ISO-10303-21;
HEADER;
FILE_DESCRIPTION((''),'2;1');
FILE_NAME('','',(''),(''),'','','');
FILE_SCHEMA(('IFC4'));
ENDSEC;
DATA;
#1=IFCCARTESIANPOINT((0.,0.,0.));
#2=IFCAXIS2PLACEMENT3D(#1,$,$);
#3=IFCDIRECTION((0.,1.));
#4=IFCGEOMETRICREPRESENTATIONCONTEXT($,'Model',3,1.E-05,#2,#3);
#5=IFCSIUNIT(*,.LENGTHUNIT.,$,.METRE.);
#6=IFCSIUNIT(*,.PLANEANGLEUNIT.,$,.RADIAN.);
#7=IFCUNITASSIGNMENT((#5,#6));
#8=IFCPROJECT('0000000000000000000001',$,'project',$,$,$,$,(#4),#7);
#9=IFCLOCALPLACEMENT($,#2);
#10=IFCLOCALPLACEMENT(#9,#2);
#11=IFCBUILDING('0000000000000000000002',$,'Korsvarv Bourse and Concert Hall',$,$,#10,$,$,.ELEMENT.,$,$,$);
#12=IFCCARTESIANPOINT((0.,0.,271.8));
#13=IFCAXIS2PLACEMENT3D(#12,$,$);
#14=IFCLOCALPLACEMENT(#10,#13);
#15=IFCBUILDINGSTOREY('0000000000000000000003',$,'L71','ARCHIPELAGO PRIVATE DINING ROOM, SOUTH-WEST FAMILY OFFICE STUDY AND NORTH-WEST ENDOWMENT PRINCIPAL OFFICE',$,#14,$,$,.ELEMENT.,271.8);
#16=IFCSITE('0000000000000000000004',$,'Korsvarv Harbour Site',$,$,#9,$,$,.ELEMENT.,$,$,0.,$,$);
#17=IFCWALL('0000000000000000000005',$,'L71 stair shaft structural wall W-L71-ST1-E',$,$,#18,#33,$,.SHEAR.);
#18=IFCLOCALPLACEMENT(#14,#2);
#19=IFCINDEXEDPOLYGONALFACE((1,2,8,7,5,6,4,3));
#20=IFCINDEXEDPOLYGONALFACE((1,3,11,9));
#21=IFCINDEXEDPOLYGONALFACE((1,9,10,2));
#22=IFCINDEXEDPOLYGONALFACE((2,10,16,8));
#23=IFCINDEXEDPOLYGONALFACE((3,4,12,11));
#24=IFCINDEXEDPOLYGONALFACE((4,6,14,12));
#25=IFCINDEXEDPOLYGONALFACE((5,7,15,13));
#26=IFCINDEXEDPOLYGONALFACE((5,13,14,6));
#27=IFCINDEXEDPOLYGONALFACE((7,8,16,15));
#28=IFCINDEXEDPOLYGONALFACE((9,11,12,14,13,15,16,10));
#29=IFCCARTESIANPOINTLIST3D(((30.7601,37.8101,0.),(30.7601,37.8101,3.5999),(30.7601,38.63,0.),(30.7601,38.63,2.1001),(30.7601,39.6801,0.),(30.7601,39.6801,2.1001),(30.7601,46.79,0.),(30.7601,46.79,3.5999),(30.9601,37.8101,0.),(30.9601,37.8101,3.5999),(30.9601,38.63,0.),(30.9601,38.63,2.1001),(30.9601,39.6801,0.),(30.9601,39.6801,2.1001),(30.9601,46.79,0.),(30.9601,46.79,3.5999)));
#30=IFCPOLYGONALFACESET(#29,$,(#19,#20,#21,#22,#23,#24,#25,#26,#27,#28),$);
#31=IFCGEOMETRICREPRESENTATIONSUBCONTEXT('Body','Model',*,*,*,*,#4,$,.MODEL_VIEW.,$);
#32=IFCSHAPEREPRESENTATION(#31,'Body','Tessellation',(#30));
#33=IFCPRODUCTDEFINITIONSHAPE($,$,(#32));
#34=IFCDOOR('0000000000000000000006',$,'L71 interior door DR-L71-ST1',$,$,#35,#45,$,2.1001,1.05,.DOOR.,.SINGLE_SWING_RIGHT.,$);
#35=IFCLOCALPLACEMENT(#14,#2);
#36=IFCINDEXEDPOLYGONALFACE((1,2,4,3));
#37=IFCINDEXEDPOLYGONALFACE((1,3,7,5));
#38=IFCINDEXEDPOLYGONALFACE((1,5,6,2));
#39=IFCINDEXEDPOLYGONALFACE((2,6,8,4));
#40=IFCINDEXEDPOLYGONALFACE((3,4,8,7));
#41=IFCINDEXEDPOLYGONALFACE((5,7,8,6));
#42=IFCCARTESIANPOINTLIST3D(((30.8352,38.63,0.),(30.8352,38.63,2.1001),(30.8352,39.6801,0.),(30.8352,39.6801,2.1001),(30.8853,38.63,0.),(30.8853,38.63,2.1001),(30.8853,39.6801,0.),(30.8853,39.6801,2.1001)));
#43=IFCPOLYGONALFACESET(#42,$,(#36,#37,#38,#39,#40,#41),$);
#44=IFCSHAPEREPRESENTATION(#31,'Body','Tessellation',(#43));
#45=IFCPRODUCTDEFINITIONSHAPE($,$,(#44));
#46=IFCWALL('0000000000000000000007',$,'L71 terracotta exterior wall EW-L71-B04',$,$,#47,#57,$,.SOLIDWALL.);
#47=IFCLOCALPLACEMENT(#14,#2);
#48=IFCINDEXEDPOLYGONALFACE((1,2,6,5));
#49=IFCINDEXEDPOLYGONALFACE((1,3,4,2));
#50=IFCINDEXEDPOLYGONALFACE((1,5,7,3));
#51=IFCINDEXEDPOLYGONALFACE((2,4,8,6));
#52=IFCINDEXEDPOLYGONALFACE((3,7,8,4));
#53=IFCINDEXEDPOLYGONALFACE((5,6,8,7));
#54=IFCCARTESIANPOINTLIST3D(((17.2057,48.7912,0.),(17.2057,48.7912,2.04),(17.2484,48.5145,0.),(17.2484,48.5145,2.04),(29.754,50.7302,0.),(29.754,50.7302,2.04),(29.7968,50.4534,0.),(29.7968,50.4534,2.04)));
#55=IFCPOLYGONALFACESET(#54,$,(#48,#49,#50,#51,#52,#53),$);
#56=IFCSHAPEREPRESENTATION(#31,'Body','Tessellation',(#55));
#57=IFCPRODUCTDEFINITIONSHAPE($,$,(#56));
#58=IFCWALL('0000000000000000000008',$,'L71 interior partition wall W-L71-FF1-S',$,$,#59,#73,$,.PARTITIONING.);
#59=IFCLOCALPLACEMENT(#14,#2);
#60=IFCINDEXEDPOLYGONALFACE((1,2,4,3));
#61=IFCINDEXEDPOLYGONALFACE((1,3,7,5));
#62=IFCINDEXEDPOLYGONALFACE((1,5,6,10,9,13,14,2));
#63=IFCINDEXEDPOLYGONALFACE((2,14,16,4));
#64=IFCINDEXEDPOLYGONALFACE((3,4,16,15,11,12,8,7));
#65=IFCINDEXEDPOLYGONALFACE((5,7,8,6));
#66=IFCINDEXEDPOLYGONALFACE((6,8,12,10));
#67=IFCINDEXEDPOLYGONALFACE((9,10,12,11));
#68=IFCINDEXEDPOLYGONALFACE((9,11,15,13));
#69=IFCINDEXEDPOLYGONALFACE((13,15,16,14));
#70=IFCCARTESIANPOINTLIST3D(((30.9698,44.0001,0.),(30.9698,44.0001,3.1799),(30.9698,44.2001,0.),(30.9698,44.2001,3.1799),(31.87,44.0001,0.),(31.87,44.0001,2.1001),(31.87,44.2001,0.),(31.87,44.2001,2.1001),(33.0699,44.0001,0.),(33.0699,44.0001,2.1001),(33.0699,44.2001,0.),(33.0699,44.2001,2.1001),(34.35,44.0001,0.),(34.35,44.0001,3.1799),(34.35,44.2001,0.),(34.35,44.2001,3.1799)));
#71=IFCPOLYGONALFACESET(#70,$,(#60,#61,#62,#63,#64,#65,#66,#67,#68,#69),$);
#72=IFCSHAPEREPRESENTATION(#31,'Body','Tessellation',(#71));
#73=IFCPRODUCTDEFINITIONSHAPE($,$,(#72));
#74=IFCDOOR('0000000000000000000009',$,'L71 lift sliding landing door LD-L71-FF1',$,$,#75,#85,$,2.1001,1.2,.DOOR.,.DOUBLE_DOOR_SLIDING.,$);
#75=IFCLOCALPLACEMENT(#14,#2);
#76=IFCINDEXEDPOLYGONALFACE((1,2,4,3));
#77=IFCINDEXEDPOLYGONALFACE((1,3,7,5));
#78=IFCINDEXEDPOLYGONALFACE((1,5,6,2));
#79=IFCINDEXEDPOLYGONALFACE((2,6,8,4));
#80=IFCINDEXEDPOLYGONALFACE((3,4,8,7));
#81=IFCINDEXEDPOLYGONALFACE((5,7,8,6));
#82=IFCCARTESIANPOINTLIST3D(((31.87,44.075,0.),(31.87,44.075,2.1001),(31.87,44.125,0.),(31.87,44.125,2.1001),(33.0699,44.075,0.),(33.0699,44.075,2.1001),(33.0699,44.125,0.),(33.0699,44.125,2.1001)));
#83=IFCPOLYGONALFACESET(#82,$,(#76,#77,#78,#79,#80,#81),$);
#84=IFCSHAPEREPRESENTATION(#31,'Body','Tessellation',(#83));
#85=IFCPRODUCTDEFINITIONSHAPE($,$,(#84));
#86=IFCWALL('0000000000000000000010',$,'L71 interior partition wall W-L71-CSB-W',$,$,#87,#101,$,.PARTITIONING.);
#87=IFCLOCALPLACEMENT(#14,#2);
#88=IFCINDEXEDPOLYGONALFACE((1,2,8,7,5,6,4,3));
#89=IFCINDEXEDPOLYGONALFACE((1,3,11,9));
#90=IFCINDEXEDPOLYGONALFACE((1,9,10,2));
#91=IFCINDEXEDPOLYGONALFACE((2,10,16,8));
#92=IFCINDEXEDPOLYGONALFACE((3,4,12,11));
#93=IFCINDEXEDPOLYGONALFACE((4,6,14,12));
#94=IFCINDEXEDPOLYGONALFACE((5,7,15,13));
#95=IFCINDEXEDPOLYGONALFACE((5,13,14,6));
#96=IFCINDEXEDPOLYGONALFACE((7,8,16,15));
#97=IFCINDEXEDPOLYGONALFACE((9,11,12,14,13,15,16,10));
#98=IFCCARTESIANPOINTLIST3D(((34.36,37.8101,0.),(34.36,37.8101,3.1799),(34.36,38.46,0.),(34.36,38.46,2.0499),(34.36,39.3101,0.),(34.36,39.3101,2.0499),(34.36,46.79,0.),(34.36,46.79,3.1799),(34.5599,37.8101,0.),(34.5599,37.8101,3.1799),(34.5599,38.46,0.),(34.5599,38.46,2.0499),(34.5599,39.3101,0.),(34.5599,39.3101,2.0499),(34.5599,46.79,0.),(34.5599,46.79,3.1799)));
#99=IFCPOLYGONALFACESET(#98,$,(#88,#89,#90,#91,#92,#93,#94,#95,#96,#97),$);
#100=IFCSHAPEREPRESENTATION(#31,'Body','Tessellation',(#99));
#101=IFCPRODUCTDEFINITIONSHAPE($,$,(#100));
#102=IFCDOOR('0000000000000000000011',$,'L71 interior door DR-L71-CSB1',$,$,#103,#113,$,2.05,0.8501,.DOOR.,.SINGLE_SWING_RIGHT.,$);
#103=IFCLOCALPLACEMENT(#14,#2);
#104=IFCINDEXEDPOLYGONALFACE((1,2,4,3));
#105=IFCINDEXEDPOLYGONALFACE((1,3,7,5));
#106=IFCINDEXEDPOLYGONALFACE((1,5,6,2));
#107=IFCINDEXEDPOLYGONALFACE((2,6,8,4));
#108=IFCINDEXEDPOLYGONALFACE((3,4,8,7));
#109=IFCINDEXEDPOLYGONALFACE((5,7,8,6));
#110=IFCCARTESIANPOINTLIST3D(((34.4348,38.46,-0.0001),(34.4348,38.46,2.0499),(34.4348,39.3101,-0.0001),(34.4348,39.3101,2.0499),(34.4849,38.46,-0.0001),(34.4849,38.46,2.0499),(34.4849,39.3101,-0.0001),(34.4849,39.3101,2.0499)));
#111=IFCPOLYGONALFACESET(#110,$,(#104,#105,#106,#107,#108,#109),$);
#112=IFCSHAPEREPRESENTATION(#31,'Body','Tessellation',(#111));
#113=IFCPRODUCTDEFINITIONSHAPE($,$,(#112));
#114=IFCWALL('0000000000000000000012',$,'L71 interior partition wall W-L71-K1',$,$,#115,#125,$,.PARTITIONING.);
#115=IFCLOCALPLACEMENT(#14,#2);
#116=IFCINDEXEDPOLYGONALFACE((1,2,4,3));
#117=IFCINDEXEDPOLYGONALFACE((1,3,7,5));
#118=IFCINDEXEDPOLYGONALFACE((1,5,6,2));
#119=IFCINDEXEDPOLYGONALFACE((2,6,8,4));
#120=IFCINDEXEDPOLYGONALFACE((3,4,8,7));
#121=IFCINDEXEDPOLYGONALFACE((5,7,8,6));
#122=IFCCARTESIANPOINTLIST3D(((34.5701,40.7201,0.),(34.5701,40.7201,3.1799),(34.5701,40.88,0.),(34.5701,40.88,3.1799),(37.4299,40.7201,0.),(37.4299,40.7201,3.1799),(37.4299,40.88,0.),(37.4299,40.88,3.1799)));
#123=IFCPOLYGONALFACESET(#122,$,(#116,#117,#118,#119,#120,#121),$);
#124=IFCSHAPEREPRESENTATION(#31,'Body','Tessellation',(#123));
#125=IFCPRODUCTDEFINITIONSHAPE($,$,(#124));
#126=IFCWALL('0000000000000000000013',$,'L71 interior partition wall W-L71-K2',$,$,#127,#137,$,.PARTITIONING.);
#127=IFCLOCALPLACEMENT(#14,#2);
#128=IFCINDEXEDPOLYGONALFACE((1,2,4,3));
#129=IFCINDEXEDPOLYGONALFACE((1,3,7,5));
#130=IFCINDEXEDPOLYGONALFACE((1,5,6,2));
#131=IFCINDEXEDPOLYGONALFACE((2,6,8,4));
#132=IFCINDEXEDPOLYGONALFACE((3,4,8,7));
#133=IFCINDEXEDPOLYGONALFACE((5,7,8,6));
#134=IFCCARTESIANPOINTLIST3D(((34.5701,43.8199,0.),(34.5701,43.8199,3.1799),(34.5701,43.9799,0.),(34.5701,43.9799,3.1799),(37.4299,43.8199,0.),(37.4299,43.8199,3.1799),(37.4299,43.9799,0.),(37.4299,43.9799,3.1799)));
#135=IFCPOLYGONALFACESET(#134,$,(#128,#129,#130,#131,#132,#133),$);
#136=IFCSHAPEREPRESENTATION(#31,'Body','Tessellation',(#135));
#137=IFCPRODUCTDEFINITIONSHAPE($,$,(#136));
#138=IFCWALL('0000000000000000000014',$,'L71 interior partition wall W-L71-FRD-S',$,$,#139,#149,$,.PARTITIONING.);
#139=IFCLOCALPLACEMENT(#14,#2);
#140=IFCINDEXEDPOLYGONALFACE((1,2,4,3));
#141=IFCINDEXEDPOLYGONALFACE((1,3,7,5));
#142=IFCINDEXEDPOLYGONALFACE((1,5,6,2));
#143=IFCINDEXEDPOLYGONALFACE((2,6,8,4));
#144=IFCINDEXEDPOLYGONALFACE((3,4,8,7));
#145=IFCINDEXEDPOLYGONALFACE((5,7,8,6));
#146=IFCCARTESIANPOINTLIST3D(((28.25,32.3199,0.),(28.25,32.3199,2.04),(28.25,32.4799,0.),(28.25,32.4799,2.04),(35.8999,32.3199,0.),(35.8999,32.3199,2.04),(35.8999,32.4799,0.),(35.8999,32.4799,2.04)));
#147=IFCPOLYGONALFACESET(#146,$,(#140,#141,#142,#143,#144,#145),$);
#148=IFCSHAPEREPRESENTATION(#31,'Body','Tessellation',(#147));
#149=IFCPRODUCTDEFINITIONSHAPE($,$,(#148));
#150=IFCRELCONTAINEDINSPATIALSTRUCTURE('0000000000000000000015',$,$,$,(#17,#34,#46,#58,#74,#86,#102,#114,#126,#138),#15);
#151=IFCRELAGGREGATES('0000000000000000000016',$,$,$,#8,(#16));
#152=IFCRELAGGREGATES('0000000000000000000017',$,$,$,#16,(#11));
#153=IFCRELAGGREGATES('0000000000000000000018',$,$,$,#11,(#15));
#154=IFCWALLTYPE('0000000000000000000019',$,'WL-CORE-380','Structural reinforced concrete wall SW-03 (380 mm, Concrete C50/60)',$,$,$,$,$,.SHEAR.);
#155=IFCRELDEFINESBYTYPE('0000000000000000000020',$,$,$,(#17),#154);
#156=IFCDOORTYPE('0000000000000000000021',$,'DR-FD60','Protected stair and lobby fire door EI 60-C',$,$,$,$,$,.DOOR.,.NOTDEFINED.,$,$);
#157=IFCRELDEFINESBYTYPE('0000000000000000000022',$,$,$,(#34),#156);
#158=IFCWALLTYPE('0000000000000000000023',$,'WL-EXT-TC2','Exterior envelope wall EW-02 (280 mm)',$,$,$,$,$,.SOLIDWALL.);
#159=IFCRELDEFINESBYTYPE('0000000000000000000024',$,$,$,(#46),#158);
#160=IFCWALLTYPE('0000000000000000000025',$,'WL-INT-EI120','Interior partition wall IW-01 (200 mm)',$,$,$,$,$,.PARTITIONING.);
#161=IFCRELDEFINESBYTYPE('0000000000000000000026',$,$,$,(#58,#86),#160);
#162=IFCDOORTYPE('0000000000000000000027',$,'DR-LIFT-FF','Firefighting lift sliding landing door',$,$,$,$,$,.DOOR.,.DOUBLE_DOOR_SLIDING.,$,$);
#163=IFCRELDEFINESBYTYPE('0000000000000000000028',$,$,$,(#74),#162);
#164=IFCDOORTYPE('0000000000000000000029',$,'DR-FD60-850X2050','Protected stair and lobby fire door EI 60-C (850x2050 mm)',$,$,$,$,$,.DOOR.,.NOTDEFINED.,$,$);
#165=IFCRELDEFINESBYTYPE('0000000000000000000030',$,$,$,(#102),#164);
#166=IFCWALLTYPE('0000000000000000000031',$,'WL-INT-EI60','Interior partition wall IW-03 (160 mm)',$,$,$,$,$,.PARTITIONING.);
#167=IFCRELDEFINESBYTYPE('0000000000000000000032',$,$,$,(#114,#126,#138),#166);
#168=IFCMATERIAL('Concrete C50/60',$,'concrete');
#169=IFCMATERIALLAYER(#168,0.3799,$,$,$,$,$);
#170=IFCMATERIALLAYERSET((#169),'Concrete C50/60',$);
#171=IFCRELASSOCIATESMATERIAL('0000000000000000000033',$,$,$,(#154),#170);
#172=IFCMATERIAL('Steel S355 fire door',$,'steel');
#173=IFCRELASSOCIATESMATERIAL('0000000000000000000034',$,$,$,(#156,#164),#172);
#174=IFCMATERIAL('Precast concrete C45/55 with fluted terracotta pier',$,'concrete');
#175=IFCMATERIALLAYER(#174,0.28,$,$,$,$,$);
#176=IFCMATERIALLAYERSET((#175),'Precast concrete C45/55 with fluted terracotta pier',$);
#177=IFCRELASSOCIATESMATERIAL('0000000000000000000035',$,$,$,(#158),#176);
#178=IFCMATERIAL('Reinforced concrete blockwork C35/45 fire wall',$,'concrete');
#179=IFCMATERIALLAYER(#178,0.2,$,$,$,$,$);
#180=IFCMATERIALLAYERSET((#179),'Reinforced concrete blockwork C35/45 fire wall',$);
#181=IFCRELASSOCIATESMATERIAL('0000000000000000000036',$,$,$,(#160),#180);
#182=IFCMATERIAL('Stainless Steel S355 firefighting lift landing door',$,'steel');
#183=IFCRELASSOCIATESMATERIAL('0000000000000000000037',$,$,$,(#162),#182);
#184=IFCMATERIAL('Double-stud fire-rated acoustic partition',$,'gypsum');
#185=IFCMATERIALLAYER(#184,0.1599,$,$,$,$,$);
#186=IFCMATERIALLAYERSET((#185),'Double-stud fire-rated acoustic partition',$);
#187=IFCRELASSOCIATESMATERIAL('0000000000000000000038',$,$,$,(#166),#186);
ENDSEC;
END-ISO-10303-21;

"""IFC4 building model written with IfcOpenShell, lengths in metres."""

from ifc_helpers import new_model, si_unit, direction, frame, frame_2d, origin, place, context, subcontext, project, spatial, rectangle, extrude, material, layer, layer_set, type_object, element, fill, save


model = new_model("IFC4")

# Units and contexts
model_context = context("Model", 3, precision=1e-05, world=origin(), true_north=direction((0.0, 1.0)))
body_context = subcontext(model_context, "Body", "Model", "MODEL_VIEW")
ifc_project = project(units=[si_unit("LENGTHUNIT", "METRE"), si_unit("PLANEANGLEUNIT", "RADIAN")], contexts=[model_context])

# Site, building, storey
site_placement = place(None, origin())
site = spatial("IfcSite", under=ifc_project, at=site_placement, Name="Korsvarv Harbour Site", CompositionType="ELEMENT", RefElevation=0.0)
building_placement = place(site_placement, origin())
building = spatial("IfcBuilding", under=site, at=building_placement, Name="Korsvarv Bourse and Concert Hall", CompositionType="ELEMENT")
storey_placement = place(building_placement, frame((0.0, 0.0, 271.8)))
storey = spatial("IfcBuildingStorey", under=building, at=storey_placement, Name="L71", Description="ARCHIPELAGO PRIVATE DINING ROOM, SOUTH-WEST FAMILY OFFICE STUDY AND NORTH-WEST ENDOWMENT PRINCIPAL OFFICE", CompositionType="ELEMENT", Elevation=271.8)

# Wall, opening, door
ifc_material_1 = material(Name="Concrete C50/60", Category="concrete")
ifc_layer_1 = layer(ifc_material_1, 0.3799)
ifc_layer_set_1 = layer_set([ifc_layer_1], Name="Concrete C50/60")
wall_type_1 = type_object("IfcWallType", Name="WL-CORE-380", Description="Structural reinforced concrete wall SW-03 (380 mm, Concrete C50/60)", PredefinedType="SHEAR", material=ifc_layer_set_1)
wall_1_placement = place(storey_placement, frame((30.8601, 37.8101, 0.0), z_axis=(0.0, 0.0, 1.0), x_axis=(0.0, 1.0, 0.0)))
wall_1 = element("IfcWall", 1, at=wall_1_placement, inside=storey, type_object=wall_type_1, Name="L71 stair shaft structural wall W-L71-ST1-E", PredefinedType="SHEAR", context=body_context, shape_type="SweptSolid", body=[
    extrude(rectangle(XDim=8.98, YDim=0.2, at=frame_2d((4.49, 0.0))), origin(), (0.0, 0.0, 1.0), 3.5999),
])
opening_1_placement = place(wall_1_placement, frame((0.8201, 0.0, 0.0)))
opening_1 = element("IfcOpeningElement", 2, at=opening_1_placement, cuts=wall_1, PredefinedType="OPENING", context=body_context, shape_type="SweptSolid", body=[
    extrude(rectangle(XDim=1.05, YDim=2.1001, at=frame_2d((0.5249, 1.05))), frame((0.0, 0.1099, 0.0), z_axis=(0.0, -1.0, 0.0), x_axis=(1.0, 0.0, 0.0)), (0.0, 0.0, 1.0), 0.22),
])
ifc_material_2 = material(Name="Steel S355 fire door", Category="steel")
door_type_1 = type_object("IfcDoorType", Name="DR-FD60", Description="Protected stair and lobby fire door EI 60-C", OperationType="NOTDEFINED", PredefinedType="DOOR", material=ifc_material_2)
door_1_placement = place(opening_1_placement, origin())
door_1 = element("IfcDoor", 3, at=door_1_placement, inside=storey, type_object=door_type_1, Name="L71 interior door DR-L71-ST1", OperationType="SINGLE_SWING_RIGHT", OverallHeight=2.1001, OverallWidth=1.05, PredefinedType="DOOR", context=body_context, shape_type="SweptSolid", body=[
    extrude(rectangle(XDim=1.05, YDim=2.1001, at=frame_2d((0.5249, 1.05))), frame((0.0, 0.0249, 0.0), z_axis=(0.0, -1.0, 0.0), x_axis=(1.0, 0.0, 0.0)), (0.0, 0.0, 1.0), 0.05),
])
fill(opening_1, door_1)

# Wall
ifc_material_3 = material(Name="Precast concrete C45/55 with fluted terracotta pier", Category="concrete")
ifc_layer_2 = layer(ifc_material_3, 0.28)
ifc_layer_set_2 = layer_set([ifc_layer_2], Name="Precast concrete C45/55 with fluted terracotta pier")
wall_type_2 = type_object("IfcWallType", Name="WL-EXT-TC2", Description="Exterior envelope wall EW-02 (280 mm)", PredefinedType="SOLIDWALL", material=ifc_layer_set_2)
wall_2_placement = place(storey_placement, frame((29.7754, 50.5918, 0.0), z_axis=(0.0, 0.0, 1.0), x_axis=(-0.988271, -0.152707, 0.0)))
element("IfcWall", 4, at=wall_2_placement, inside=storey, type_object=wall_type_2, Name="L71 terracotta exterior wall EW-L71-B04", PredefinedType="SOLIDWALL", context=body_context, shape_type="SweptSolid", body=[
    extrude(rectangle(XDim=12.6973, YDim=0.28, at=frame_2d((6.3486, 0.0))), origin(), (0.0, 0.0, 1.0), 2.04),
])

# Walls, openings, doors
ifc_material_4 = material(Name="Reinforced concrete blockwork C35/45 fire wall", Category="concrete")
ifc_layer_3 = layer(ifc_material_4, 0.2)
ifc_layer_set_3 = layer_set([ifc_layer_3], Name="Reinforced concrete blockwork C35/45 fire wall")
wall_type_3 = type_object("IfcWallType", Name="WL-INT-EI120", Description="Interior partition wall IW-01 (200 mm)", PredefinedType="PARTITIONING", material=ifc_layer_set_3)
wall_3_placement = place(storey_placement, frame((30.97, 44.1001, 0.0), z_axis=(0.0, 0.0, 1.0), x_axis=(1.0, 0.0, 0.0)))
wall_3 = element("IfcWall", 5, at=wall_3_placement, inside=storey, type_object=wall_type_3, Name="L71 interior partition wall W-L71-FF1-S", PredefinedType="PARTITIONING", context=body_context, shape_type="SweptSolid", body=[
    extrude(rectangle(XDim=3.3801, YDim=0.2, at=frame_2d((1.6899, 0.0))), origin(), (0.0, 0.0, 1.0), 3.1799),
])
opening_2_placement = place(wall_3_placement, frame((0.8999, 0.0, 0.0)))
opening_2 = element("IfcOpeningElement", 6, at=opening_2_placement, cuts=wall_3, PredefinedType="OPENING", context=body_context, shape_type="SweptSolid", body=[
    extrude(rectangle(XDim=1.2, YDim=2.1001, at=frame_2d((0.6001, 1.05))), frame((0.0, 0.1099, 0.0), z_axis=(0.0, -1.0, 0.0), x_axis=(1.0, 0.0, 0.0)), (0.0, 0.0, 1.0), 0.22),
])
ifc_material_5 = material(Name="Stainless Steel S355 firefighting lift landing door", Category="steel")
door_type_2 = type_object("IfcDoorType", Name="DR-LIFT-FF", Description="Firefighting lift sliding landing door", OperationType="DOUBLE_DOOR_SLIDING", PredefinedType="DOOR", material=ifc_material_5)
door_2_placement = place(opening_2_placement, origin())
door_2 = element("IfcDoor", 7, at=door_2_placement, inside=storey, type_object=door_type_2, Name="L71 lift sliding landing door LD-L71-FF1", OperationType="DOUBLE_DOOR_SLIDING", OverallHeight=2.1001, OverallWidth=1.2, PredefinedType="DOOR", context=body_context, shape_type="SweptSolid", body=[
    extrude(rectangle(XDim=1.2, YDim=2.1001, at=frame_2d((0.6001, 1.05))), frame((0.0, 0.0249, 0.0), z_axis=(0.0, -1.0, 0.0), x_axis=(1.0, 0.0, 0.0)), (0.0, 0.0, 1.0), 0.05),
])
fill(opening_2, door_2)
wall_4_placement = place(storey_placement, frame((34.46, 37.8101, 0.0), z_axis=(0.0, 0.0, 1.0), x_axis=(0.0, 1.0, 0.0)))
wall_4 = element("IfcWall", 8, at=wall_4_placement, inside=storey, type_object=wall_type_3, Name="L71 interior partition wall W-L71-CSB-W", PredefinedType="PARTITIONING", context=body_context, shape_type="SweptSolid", body=[
    extrude(rectangle(XDim=8.98, YDim=0.2, at=frame_2d((4.49, 0.0))), origin(), (0.0, 0.0, 1.0), 3.1799),
])
opening_3_placement = place(wall_4_placement, frame((0.6499, 0.0, 0.0)))
opening_3 = element("IfcOpeningElement", 9, at=opening_3_placement, cuts=wall_4, PredefinedType="OPENING", context=body_context, shape_type="SweptSolid", body=[
    extrude(rectangle(XDim=0.8501, YDim=2.05, at=frame_2d((0.425, 1.0249))), frame((0.0, 0.1099, 0.0), z_axis=(0.0, -1.0, 0.0), x_axis=(1.0, 0.0, 0.0)), (0.0, 0.0, 1.0), 0.22),
])
door_type_3 = type_object("IfcDoorType", Name="DR-FD60-850X2050", Description="Protected stair and lobby fire door EI 60-C (850x2050 mm)", OperationType="NOTDEFINED", PredefinedType="DOOR", material=ifc_material_2)
door_3_placement = place(opening_3_placement, frame((0.8501, 0.0, 0.0), z_axis=(0.0, 0.0, 1.0), x_axis=(-1.0, 0.0, 0.0)))
door_3 = element("IfcDoor", 10, at=door_3_placement, inside=storey, type_object=door_type_3, Name="L71 interior door DR-L71-CSB1", OperationType="SINGLE_SWING_RIGHT", OverallHeight=2.05, OverallWidth=0.8501, PredefinedType="DOOR", context=body_context, shape_type="SweptSolid", body=[
    extrude(rectangle(XDim=0.8501, YDim=2.05, at=frame_2d((0.425, 1.0249))), frame((0.0, 0.0249, 0.0), z_axis=(0.0, -1.0, 0.0), x_axis=(1.0, 0.0, 0.0)), (0.0, 0.0, 1.0), 0.05),
])
fill(opening_3, door_3)

# Walls
ifc_material_6 = material(Name="Double-stud fire-rated acoustic partition", Category="gypsum")
ifc_layer_4 = layer(ifc_material_6, 0.1599)
ifc_layer_set_4 = layer_set([ifc_layer_4], Name="Double-stud fire-rated acoustic partition")
wall_type_4 = type_object("IfcWallType", Name="WL-INT-EI60", Description="Interior partition wall IW-03 (160 mm)", PredefinedType="PARTITIONING", material=ifc_layer_set_4)
for number, where, z_axis, x_axis, name in (
    (11, (34.5701, 40.8, 0.0), (0.0, 0.0, 1.0), (1.0, 0.0, 0.0), "L71 interior partition wall W-L71-K1"),
    (12, (34.5701, 43.8999, 0.0), (0.0, 0.0, 1.0), (1.0, 0.0, 0.0), "L71 interior partition wall W-L71-K2"),
):
    element("IfcWall", number, at=place(storey_placement, frame(where, z_axis=z_axis, x_axis=x_axis)), inside=storey, type_object=wall_type_4, Name=name, PredefinedType="PARTITIONING", context=body_context, shape_type="SweptSolid", body=[
        extrude(rectangle(XDim=2.8599, YDim=0.1599, at=frame_2d((1.4299, 0.0))), origin(), (0.0, 0.0, 1.0), 3.1799),
    ])
wall_5_placement = place(storey_placement, frame((28.25, 32.3999, 0.0), z_axis=(0.0, 0.0, 1.0), x_axis=(1.0, 0.0, 0.0)))
element("IfcWall", 13, at=wall_5_placement, inside=storey, type_object=wall_type_4, Name="L71 interior partition wall W-L71-FRD-S", PredefinedType="PARTITIONING", context=body_context, shape_type="SweptSolid", body=[
    extrude(rectangle(XDim=7.6499, YDim=0.1599, at=frame_2d((3.825, 0.0))), origin(), (0.0, 0.0, 1.0), 2.04),
])

save(model, "model.ifc")
